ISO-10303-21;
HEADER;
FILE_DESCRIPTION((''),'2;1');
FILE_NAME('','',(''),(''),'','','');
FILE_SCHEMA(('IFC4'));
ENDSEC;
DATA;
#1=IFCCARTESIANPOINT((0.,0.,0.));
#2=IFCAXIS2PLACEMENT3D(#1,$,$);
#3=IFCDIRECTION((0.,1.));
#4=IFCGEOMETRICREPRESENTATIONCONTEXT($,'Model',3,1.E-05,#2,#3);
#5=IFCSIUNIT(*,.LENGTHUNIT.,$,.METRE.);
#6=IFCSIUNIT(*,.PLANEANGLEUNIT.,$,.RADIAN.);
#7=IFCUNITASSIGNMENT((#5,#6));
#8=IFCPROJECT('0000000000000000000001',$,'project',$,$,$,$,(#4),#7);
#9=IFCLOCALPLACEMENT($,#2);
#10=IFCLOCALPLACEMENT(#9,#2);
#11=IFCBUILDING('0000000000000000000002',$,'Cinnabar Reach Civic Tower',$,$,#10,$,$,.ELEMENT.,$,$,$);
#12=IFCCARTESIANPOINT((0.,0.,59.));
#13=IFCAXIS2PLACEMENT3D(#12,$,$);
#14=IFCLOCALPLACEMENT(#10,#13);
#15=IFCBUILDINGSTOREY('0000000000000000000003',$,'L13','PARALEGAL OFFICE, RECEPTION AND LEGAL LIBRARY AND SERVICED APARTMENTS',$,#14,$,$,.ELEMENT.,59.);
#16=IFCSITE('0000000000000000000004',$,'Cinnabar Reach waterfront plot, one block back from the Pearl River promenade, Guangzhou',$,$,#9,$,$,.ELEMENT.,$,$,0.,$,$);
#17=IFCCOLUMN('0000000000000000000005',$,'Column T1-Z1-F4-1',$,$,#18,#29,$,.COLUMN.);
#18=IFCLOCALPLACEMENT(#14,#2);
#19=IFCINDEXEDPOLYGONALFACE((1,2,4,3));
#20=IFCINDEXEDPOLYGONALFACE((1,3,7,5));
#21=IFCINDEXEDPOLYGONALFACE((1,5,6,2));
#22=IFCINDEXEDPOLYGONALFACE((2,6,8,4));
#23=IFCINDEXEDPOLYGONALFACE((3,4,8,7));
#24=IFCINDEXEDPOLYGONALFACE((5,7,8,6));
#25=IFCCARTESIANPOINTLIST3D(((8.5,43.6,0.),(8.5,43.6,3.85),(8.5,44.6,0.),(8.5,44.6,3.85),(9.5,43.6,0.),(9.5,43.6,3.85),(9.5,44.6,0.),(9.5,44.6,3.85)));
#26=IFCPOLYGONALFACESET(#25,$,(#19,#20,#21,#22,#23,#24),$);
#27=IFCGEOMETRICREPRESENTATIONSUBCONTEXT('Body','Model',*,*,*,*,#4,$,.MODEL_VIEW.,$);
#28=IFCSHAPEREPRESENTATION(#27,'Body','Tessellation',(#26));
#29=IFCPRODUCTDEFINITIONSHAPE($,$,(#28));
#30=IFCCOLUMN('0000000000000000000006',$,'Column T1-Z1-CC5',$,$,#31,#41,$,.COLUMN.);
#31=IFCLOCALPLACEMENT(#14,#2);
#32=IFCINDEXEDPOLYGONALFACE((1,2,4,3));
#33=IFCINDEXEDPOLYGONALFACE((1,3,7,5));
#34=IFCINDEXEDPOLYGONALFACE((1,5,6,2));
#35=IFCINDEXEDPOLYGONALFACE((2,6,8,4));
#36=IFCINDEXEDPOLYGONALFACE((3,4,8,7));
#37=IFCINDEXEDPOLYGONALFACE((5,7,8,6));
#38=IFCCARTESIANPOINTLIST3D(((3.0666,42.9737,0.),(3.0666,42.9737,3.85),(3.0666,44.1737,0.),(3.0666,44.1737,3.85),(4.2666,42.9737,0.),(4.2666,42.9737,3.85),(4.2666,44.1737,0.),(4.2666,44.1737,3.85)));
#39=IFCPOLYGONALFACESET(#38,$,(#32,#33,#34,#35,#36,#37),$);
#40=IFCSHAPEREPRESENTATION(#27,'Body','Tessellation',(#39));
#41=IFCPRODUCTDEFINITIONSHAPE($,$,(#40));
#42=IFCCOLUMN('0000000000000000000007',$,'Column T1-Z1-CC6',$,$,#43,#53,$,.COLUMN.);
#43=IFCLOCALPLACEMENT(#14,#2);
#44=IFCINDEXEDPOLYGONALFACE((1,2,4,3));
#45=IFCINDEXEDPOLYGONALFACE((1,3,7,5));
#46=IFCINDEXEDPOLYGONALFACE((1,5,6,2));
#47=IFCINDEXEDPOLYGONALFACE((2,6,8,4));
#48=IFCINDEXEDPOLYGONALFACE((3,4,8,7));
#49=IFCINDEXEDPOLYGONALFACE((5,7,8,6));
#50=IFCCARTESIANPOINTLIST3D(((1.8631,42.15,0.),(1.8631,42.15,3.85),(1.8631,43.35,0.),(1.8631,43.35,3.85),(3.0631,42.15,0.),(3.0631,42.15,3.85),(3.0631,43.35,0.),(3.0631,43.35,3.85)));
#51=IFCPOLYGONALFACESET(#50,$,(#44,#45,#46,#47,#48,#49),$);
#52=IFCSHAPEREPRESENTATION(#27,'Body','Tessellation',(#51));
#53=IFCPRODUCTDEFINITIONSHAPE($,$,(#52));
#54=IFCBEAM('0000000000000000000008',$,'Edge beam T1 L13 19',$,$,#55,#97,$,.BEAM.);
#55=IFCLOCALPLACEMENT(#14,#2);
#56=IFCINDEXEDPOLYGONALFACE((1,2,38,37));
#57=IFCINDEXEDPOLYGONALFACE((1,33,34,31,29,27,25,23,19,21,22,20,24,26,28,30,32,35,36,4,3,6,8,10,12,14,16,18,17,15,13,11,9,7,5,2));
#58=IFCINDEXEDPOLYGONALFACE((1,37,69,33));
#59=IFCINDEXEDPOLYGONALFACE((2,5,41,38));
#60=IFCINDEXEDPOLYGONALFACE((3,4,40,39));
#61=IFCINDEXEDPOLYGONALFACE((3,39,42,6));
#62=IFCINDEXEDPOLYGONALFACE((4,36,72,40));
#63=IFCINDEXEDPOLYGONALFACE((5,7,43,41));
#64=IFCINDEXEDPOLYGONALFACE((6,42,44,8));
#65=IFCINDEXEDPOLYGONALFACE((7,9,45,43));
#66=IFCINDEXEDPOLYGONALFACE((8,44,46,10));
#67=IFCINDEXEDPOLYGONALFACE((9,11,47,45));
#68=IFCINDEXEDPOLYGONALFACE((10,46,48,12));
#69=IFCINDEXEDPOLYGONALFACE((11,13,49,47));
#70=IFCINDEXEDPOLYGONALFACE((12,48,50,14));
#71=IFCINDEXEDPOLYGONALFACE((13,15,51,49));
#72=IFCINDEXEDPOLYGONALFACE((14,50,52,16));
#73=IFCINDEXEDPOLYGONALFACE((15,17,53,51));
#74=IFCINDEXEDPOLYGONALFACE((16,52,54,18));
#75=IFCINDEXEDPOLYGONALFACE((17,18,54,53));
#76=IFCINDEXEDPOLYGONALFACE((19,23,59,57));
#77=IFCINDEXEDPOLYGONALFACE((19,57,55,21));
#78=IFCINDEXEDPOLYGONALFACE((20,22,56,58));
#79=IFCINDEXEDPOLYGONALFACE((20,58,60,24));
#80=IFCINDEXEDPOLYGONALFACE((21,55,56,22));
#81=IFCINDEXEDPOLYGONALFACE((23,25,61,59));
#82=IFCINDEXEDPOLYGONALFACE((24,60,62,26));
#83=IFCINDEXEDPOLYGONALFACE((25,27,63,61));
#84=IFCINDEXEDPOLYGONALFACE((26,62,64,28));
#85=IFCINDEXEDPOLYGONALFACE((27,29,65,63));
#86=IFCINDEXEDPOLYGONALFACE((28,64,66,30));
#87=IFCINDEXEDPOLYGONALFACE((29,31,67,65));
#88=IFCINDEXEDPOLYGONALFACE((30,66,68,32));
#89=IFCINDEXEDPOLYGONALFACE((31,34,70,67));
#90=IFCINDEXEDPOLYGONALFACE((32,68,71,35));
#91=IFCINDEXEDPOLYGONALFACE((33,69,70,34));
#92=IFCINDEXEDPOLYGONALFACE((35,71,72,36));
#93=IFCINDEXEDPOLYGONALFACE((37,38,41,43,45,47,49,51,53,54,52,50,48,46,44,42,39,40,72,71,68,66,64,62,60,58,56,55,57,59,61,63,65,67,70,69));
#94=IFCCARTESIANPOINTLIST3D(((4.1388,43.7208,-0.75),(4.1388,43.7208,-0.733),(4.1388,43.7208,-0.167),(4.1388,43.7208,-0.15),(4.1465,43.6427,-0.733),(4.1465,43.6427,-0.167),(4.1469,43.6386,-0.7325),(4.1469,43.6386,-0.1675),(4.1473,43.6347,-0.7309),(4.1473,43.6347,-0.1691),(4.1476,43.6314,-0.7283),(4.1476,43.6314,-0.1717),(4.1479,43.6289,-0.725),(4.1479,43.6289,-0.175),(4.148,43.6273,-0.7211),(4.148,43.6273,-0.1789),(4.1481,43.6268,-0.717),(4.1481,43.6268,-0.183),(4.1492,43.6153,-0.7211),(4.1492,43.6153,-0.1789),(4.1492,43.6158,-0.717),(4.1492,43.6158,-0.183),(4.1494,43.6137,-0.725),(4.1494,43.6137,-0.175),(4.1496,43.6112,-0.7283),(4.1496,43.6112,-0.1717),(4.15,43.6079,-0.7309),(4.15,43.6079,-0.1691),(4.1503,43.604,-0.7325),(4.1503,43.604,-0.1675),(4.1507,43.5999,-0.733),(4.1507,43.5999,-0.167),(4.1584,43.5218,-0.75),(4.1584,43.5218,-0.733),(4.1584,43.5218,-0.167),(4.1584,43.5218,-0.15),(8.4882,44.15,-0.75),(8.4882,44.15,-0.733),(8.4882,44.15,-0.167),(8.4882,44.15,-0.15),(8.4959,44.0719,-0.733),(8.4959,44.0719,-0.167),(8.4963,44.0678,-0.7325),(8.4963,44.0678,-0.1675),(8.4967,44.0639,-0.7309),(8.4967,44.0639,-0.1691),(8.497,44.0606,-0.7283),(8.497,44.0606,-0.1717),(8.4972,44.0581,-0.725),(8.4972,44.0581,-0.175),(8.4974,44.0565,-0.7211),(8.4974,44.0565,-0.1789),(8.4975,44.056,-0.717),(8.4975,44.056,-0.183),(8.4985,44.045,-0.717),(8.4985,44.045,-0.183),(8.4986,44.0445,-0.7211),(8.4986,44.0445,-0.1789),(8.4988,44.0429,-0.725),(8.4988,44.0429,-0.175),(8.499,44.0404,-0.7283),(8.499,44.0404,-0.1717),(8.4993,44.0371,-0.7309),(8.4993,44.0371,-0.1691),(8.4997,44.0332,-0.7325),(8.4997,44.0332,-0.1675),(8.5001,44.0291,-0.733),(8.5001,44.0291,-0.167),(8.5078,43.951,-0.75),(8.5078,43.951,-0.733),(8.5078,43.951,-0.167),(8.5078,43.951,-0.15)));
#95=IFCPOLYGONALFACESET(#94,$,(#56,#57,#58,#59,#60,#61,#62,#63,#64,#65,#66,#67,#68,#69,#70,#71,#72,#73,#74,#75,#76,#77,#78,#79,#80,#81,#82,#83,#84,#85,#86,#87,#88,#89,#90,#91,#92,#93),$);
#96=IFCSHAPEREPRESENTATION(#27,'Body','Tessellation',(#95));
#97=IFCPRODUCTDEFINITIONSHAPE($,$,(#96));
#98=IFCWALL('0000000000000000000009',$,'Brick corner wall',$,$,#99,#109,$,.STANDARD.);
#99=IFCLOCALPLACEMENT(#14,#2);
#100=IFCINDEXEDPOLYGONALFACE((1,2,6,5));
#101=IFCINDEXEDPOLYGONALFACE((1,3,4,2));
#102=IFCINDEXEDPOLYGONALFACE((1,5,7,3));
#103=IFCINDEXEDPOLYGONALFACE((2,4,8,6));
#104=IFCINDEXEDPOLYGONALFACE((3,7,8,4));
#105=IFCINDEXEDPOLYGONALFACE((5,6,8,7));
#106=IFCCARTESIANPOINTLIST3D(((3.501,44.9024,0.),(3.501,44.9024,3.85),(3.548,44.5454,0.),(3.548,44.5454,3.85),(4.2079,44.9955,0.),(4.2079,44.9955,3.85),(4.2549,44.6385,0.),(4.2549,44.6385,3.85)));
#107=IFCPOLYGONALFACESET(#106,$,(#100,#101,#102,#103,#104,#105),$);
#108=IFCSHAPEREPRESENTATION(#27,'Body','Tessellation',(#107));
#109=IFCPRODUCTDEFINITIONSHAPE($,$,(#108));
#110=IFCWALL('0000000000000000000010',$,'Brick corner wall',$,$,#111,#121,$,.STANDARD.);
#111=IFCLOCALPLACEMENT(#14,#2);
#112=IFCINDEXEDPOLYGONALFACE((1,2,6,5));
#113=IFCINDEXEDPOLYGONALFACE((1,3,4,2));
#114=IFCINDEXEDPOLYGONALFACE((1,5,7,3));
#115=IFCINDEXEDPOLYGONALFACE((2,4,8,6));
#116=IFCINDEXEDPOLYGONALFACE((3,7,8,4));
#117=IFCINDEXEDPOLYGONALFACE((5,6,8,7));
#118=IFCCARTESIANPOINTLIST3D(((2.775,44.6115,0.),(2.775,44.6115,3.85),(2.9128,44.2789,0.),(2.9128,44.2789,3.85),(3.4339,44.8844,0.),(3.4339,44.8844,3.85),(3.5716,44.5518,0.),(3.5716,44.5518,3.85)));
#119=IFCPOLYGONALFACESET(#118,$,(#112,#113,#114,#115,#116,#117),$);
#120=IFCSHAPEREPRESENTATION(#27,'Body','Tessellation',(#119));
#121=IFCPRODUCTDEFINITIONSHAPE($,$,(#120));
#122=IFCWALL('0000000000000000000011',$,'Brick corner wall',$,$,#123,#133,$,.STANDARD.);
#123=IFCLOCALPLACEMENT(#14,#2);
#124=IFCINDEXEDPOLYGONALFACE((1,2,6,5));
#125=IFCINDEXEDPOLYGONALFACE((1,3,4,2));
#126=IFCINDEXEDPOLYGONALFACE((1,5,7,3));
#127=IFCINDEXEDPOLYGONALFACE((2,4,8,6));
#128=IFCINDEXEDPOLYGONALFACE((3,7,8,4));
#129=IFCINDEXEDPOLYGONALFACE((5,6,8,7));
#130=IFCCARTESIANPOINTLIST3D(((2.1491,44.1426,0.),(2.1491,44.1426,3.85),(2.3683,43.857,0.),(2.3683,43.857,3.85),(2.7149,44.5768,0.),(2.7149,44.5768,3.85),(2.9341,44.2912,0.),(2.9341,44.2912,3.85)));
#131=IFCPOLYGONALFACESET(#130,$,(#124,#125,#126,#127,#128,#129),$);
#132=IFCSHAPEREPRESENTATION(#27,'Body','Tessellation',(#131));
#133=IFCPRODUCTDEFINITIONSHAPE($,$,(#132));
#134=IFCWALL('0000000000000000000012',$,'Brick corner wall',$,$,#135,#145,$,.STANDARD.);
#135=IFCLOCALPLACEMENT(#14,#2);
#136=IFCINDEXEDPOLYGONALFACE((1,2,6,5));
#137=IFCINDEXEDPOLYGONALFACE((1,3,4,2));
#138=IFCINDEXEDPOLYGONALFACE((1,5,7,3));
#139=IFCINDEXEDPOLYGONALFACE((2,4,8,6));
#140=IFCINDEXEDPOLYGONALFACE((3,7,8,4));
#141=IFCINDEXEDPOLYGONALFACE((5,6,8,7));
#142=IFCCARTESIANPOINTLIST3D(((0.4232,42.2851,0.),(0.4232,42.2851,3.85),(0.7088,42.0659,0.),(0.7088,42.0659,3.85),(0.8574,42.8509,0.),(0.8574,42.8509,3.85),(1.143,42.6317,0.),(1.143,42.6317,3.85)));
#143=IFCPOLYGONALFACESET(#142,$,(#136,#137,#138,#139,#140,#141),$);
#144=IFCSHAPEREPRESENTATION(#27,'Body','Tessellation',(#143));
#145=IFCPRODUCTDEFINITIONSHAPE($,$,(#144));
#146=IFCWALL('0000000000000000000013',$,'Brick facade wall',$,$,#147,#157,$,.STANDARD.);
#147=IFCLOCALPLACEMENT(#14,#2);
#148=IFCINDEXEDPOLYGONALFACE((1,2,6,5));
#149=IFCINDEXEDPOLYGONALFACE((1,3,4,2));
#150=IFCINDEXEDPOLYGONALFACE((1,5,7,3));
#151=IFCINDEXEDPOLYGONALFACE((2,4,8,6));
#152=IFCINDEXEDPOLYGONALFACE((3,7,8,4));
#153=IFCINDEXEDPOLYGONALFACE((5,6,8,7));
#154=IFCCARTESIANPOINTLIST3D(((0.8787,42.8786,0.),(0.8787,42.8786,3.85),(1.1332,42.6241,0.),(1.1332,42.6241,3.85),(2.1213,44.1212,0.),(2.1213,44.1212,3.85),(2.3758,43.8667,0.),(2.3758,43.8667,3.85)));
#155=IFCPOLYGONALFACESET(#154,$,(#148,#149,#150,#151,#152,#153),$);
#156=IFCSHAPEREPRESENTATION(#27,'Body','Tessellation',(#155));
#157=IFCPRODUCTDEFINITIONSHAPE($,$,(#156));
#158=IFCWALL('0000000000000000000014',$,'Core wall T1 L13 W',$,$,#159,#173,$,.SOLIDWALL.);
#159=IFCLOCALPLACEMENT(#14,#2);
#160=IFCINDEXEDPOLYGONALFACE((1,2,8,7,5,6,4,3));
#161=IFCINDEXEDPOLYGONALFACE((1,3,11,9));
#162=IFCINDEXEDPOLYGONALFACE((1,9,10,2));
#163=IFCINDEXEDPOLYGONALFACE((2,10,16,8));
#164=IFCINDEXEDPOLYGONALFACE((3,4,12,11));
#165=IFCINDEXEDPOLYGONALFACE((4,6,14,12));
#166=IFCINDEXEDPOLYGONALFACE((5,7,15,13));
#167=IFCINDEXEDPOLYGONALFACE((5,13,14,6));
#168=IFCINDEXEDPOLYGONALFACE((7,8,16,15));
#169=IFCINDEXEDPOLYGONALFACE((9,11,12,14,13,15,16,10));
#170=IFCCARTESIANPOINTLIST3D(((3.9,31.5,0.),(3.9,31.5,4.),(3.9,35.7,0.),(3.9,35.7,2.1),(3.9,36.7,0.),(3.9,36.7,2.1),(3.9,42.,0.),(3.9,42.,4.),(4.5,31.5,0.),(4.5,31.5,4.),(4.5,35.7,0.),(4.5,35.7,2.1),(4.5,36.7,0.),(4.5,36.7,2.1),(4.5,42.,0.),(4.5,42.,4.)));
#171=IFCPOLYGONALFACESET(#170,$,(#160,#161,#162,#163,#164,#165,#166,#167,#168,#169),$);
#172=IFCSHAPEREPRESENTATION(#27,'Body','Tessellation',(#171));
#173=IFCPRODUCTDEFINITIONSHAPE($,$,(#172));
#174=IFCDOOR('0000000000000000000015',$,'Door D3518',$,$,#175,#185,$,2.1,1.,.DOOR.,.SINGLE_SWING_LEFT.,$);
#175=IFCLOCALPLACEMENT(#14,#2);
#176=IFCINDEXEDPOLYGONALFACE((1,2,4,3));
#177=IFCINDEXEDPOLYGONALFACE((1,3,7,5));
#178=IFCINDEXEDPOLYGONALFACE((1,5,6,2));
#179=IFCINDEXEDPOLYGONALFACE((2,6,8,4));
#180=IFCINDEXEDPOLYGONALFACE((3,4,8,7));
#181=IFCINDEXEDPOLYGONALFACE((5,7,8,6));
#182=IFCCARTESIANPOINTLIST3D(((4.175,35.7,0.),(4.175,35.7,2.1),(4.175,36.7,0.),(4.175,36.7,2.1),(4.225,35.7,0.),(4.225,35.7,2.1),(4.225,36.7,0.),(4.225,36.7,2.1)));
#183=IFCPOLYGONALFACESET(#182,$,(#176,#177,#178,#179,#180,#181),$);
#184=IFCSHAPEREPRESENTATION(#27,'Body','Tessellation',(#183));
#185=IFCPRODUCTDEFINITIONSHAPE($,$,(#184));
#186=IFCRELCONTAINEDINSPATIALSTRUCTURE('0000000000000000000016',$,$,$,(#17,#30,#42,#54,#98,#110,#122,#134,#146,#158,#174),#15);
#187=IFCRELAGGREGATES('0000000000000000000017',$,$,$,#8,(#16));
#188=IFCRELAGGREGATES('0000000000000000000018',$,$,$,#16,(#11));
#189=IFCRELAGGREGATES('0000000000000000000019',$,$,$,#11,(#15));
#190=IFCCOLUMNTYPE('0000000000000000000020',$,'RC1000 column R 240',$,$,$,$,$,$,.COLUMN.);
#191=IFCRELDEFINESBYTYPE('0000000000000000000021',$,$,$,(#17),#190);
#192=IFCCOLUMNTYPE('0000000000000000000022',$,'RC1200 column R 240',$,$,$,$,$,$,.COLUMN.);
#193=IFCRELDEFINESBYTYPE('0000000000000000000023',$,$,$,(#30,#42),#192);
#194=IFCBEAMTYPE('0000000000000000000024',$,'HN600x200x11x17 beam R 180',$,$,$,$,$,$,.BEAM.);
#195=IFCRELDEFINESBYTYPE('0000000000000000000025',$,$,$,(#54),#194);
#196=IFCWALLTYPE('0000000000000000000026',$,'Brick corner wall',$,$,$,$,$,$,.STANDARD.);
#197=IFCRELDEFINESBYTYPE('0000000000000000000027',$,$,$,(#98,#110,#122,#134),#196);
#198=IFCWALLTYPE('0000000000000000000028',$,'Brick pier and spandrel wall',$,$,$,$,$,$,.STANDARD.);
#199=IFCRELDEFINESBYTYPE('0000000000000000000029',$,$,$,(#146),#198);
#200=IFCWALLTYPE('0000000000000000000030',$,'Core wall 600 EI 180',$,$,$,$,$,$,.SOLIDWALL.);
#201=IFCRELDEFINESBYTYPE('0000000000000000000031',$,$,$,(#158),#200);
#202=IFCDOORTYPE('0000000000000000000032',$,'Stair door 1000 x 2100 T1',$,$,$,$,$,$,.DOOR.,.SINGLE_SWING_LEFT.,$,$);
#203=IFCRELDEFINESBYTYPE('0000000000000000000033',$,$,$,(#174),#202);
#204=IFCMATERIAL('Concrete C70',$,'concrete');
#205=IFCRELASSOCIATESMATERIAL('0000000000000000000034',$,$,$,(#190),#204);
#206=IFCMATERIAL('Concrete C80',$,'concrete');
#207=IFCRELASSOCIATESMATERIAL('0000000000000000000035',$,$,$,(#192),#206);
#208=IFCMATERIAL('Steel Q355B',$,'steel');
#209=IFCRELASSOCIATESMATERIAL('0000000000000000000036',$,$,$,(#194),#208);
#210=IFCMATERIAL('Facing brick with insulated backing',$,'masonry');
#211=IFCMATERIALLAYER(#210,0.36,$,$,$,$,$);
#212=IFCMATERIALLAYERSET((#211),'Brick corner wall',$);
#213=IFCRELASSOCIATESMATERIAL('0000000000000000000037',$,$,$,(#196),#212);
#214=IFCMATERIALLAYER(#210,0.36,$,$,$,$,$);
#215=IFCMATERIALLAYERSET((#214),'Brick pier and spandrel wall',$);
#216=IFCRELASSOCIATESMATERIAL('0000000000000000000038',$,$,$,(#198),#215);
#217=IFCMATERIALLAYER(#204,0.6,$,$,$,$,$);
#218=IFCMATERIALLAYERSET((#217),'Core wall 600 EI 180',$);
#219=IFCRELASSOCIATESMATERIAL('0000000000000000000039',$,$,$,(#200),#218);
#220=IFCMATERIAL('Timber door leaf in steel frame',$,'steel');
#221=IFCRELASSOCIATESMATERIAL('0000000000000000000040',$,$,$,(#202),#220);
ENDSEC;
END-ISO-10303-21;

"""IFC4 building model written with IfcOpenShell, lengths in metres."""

from ifc_helpers import new_model, si_unit, direction, frame, frame_2d, origin, origin_2d, place, context, subcontext, project, spatial, rectangle, i_section, extrude, material, layer, layer_set, material_profile, profile_set, type_object, element, fill, save


model = new_model("IFC4")

# Units and contexts
model_context = context("Model", 3, precision=1e-05, world=origin(), true_north=direction((0.0, 1.0)))
body_context = subcontext(model_context, "Body", "Model", "MODEL_VIEW")
ifc_project = project(units=[si_unit("LENGTHUNIT", "METRE"), si_unit("PLANEANGLEUNIT", "RADIAN")], contexts=[model_context])

# Site, building, storey
site_placement = place(None, origin())
site = spatial("IfcSite", under=ifc_project, at=site_placement, Name="Cinnabar Reach waterfront plot, one block back from the Pearl River promenade, Guangzhou", CompositionType="ELEMENT", RefElevation=0.0)
building_placement = place(site_placement, origin())
building = spatial("IfcBuilding", under=site, at=building_placement, Name="Cinnabar Reach Civic Tower", CompositionType="ELEMENT")
storey_placement = place(building_placement, frame((0.0, 0.0, 59.0)))
storey = spatial("IfcBuildingStorey", under=building, at=storey_placement, Name="L13", Description="PARALEGAL OFFICE, RECEPTION AND LEGAL LIBRARY AND SERVICED APARTMENTS", CompositionType="ELEMENT", Elevation=59.0)

# Columns
ifc_material_1 = material(Name="Concrete C70", Category="concrete")
ifc_material_profile_1 = material_profile(ifc_material_1, rectangle(XDim=1.0, YDim=1.0, at=origin_2d()), Name="RC1000")
ifc_profile_set_1 = profile_set([ifc_material_profile_1], Name="Concrete C70")
column_type_1 = type_object("IfcColumnType", Name="RC1000 column R 240", PredefinedType="COLUMN", material=ifc_profile_set_1)
column_placement = place(storey_placement, frame((9.0, 44.1, 0.0), z_axis=(0.0, 0.0, 1.0), x_axis=(1.0, 0.0, 0.0)))
element("IfcColumn", 1, at=column_placement, inside=storey, type_object=column_type_1, Name="Column T1-Z1-F4-1", PredefinedType="COLUMN", context=body_context, shape_type="SweptSolid", body=[
    extrude(rectangle(XDim=1.0, YDim=1.0, at=origin_2d()), origin(), (0.0, 0.0, 1.0), 3.85),
])
ifc_material_2 = material(Name="Concrete C80", Category="concrete")
ifc_material_profile_2 = material_profile(ifc_material_2, rectangle(XDim=1.2, YDim=1.2, at=origin_2d()), Name="RC1200")
ifc_profile_set_2 = profile_set([ifc_material_profile_2], Name="Concrete C80")
column_type_2 = type_object("IfcColumnType", Name="RC1200 column R 240", PredefinedType="COLUMN", material=ifc_profile_set_2)
for number, where, z_axis, x_axis, name in (
    (2, (3.6666, 43.5737, 0.0), (0.0, 0.0, 1.0), (1.0, 0.0, 0.0), "Column T1-Z1-CC5"),
    (3, (2.4631, 42.75, 0.0), (0.0, 0.0, 1.0), (1.0, 0.0, 0.0), "Column T1-Z1-CC6"),
):
    element("IfcColumn", number, at=place(storey_placement, frame(where, z_axis=z_axis, x_axis=x_axis)), inside=storey, type_object=column_type_2, Name=name, PredefinedType="COLUMN", context=body_context, shape_type="SweptSolid", body=[
        extrude(rectangle(XDim=1.2, YDim=1.2, at=origin_2d()), origin(), (0.0, 0.0, 1.0), 3.85),
    ])

# Beam
ifc_material_3 = material(Name="Steel Q355B", Category="steel")
ifc_material_profile_3 = material_profile(ifc_material_3, i_section(OverallWidth=0.2, OverallDepth=0.6, WebThickness=0.011, FlangeThickness=0.017, FilletRadius=0.016, at=origin_2d()), Name="HN600x200x11x17")
ifc_profile_set_3 = profile_set([ifc_material_profile_3], Name="Steel Q355B")
beam_type = type_object("IfcBeamType", Name="HN600x200x11x17 beam R 180", PredefinedType="BEAM", material=ifc_profile_set_3)
beam_placement = place(storey_placement, frame((8.498, 44.0505, -0.45), z_axis=(-0.995166, -0.098203, 0.0), x_axis=(0.098203, -0.995166, 0.0)))
element("IfcBeam", 4, at=beam_placement, inside=storey, type_object=beam_type, Name="Edge beam T1 L13 19", PredefinedType="BEAM", context=body_context, shape_type="SweptSolid", body=[
    extrude(i_section(OverallWidth=0.2, OverallDepth=0.6, WebThickness=0.011, FlangeThickness=0.017, FilletRadius=0.016, at=origin_2d()), origin(), (0.0, 0.0, 1.0), 4.3705),
])

# Walls
ifc_material_4 = material(Name="Facing brick with insulated backing", Category="masonry")
ifc_layer_1 = layer(ifc_material_4, 0.36)
ifc_layer_set_1 = layer_set([ifc_layer_1], Name="Brick corner wall")
wall_type_1 = type_object("IfcWallType", Name="Brick corner wall", PredefinedType="STANDARD", material=ifc_layer_set_1)
for number, where, z_axis, x_axis, name in (
    (5, (4.2314, 44.817, 0.0), (0.0, 0.0, 1.0), (-0.991441, -0.130556, 0.0), "Brick corner wall"),
    (6, (3.5027, 44.7181, 0.0), (0.0, 0.0, 1.0), (-0.923872, -0.382703, 0.0), "Brick corner wall"),
):
    element("IfcWall", number, at=place(storey_placement, frame(where, z_axis=z_axis, x_axis=x_axis)), inside=storey, type_object=wall_type_1, Name=name, PredefinedType="STANDARD", context=body_context, shape_type="SweptSolid", body=[
        extrude(rectangle(XDim=0.7131, YDim=0.36, at=frame_2d((0.3565, 0.0))), origin(), (0.0, 0.0, 1.0), 3.85),
    ])
for number, where, z_axis, x_axis, name in (
    (7, (2.8245, 44.434, 0.0), (0.0, 0.0, 1.0), (-0.793322, -0.608802, 0.0), "Brick corner wall"),
    (8, (1.0002, 42.7413, 0.0), (0.0, 0.0, 1.0), (-0.608802, -0.793322, 0.0), "Brick corner wall"),
):
    element("IfcWall", number, at=place(storey_placement, frame(where, z_axis=z_axis, x_axis=x_axis)), inside=storey, type_object=wall_type_1, Name=name, PredefinedType="STANDARD", context=body_context, shape_type="SweptSolid", body=[
        extrude(rectangle(XDim=0.7132, YDim=0.36, at=frame_2d((0.3566, 0.0))), origin(), (0.0, 0.0, 1.0), 3.85),
    ])
ifc_layer_2 = layer(ifc_material_4, 0.36)
ifc_layer_set_2 = layer_set([ifc_layer_2], Name="Brick pier and spandrel wall")
wall_type_2 = type_object("IfcWallType", Name="Brick pier and spandrel wall", PredefinedType="STANDARD", material=ifc_layer_set_2)
wall_1_placement = place(storey_placement, frame((2.2486, 43.994, 0.0), z_axis=(0.0, 0.0, 1.0), x_axis=(-0.707107, -0.707107, 0.0)))
element("IfcWall", 9, at=wall_1_placement, inside=storey, type_object=wall_type_2, Name="Brick facade wall", PredefinedType="STANDARD", context=body_context, shape_type="SweptSolid", body=[
    extrude(rectangle(XDim=1.7573, YDim=0.36, at=frame_2d((0.8787, 0.0))), origin(), (0.0, 0.0, 1.0), 3.85),
])

# Wall, opening, door
ifc_layer_3 = layer(ifc_material_1, 0.6)
ifc_layer_set_3 = layer_set([ifc_layer_3], Name="Core wall 600 EI 180")
wall_type_3 = type_object("IfcWallType", Name="Core wall 600 EI 180", PredefinedType="SOLIDWALL", material=ifc_layer_set_3)
wall_2_placement = place(storey_placement, frame((4.2, 42.0, 0.0), z_axis=(0.0, 0.0, 1.0), x_axis=(0.0, -1.0, 0.0)))
wall_2 = element("IfcWall", 10, at=wall_2_placement, inside=storey, type_object=wall_type_3, Name="Core wall T1 L13 W", PredefinedType="SOLIDWALL", context=body_context, shape_type="SweptSolid", body=[
    extrude(rectangle(XDim=10.5, YDim=0.6, at=frame_2d((5.25, 0.0))), origin(), (0.0, 0.0, 1.0), 4.0),
])
opening_placement = place(wall_2_placement, frame((5.3, 0.0, 0.0)))
opening = element("IfcOpeningElement", 11, at=opening_placement, cuts=wall_2, PredefinedType="OPENING", context=body_context, shape_type="SweptSolid", body=[
    extrude(rectangle(XDim=1.0, YDim=2.1, at=frame_2d((0.5, 1.05))), frame((0.0, 0.31, 0.0), z_axis=(0.0, -1.0, 0.0), x_axis=(1.0, 0.0, 0.0)), (0.0, 0.0, 1.0), 0.62),
])
ifc_material_5 = material(Name="Timber door leaf in steel frame", Category="steel")
door_type = type_object("IfcDoorType", Name="Stair door 1000 x 2100 T1", OperationType="SINGLE_SWING_LEFT", PredefinedType="DOOR", material=ifc_material_5)
door_placement = place(opening_placement, frame((1.0, 0.0, 0.0), z_axis=(0.0, 0.0, 1.0), x_axis=(-1.0, 0.0, 0.0)))
door = element("IfcDoor", 12, at=door_placement, inside=storey, type_object=door_type, Name="Door D3518", OperationType="SINGLE_SWING_LEFT", OverallHeight=2.1, OverallWidth=1.0, PredefinedType="DOOR", context=body_context, shape_type="SweptSolid", body=[
    extrude(rectangle(XDim=1.0, YDim=2.1, at=frame_2d((0.5, 1.05))), frame((0.0, 0.025, 0.0), z_axis=(0.0, -1.0, 0.0), x_axis=(1.0, 0.0, 0.0)), (0.0, 0.0, 1.0), 0.05),
])
fill(opening, door)

save(model, "model.ifc")
